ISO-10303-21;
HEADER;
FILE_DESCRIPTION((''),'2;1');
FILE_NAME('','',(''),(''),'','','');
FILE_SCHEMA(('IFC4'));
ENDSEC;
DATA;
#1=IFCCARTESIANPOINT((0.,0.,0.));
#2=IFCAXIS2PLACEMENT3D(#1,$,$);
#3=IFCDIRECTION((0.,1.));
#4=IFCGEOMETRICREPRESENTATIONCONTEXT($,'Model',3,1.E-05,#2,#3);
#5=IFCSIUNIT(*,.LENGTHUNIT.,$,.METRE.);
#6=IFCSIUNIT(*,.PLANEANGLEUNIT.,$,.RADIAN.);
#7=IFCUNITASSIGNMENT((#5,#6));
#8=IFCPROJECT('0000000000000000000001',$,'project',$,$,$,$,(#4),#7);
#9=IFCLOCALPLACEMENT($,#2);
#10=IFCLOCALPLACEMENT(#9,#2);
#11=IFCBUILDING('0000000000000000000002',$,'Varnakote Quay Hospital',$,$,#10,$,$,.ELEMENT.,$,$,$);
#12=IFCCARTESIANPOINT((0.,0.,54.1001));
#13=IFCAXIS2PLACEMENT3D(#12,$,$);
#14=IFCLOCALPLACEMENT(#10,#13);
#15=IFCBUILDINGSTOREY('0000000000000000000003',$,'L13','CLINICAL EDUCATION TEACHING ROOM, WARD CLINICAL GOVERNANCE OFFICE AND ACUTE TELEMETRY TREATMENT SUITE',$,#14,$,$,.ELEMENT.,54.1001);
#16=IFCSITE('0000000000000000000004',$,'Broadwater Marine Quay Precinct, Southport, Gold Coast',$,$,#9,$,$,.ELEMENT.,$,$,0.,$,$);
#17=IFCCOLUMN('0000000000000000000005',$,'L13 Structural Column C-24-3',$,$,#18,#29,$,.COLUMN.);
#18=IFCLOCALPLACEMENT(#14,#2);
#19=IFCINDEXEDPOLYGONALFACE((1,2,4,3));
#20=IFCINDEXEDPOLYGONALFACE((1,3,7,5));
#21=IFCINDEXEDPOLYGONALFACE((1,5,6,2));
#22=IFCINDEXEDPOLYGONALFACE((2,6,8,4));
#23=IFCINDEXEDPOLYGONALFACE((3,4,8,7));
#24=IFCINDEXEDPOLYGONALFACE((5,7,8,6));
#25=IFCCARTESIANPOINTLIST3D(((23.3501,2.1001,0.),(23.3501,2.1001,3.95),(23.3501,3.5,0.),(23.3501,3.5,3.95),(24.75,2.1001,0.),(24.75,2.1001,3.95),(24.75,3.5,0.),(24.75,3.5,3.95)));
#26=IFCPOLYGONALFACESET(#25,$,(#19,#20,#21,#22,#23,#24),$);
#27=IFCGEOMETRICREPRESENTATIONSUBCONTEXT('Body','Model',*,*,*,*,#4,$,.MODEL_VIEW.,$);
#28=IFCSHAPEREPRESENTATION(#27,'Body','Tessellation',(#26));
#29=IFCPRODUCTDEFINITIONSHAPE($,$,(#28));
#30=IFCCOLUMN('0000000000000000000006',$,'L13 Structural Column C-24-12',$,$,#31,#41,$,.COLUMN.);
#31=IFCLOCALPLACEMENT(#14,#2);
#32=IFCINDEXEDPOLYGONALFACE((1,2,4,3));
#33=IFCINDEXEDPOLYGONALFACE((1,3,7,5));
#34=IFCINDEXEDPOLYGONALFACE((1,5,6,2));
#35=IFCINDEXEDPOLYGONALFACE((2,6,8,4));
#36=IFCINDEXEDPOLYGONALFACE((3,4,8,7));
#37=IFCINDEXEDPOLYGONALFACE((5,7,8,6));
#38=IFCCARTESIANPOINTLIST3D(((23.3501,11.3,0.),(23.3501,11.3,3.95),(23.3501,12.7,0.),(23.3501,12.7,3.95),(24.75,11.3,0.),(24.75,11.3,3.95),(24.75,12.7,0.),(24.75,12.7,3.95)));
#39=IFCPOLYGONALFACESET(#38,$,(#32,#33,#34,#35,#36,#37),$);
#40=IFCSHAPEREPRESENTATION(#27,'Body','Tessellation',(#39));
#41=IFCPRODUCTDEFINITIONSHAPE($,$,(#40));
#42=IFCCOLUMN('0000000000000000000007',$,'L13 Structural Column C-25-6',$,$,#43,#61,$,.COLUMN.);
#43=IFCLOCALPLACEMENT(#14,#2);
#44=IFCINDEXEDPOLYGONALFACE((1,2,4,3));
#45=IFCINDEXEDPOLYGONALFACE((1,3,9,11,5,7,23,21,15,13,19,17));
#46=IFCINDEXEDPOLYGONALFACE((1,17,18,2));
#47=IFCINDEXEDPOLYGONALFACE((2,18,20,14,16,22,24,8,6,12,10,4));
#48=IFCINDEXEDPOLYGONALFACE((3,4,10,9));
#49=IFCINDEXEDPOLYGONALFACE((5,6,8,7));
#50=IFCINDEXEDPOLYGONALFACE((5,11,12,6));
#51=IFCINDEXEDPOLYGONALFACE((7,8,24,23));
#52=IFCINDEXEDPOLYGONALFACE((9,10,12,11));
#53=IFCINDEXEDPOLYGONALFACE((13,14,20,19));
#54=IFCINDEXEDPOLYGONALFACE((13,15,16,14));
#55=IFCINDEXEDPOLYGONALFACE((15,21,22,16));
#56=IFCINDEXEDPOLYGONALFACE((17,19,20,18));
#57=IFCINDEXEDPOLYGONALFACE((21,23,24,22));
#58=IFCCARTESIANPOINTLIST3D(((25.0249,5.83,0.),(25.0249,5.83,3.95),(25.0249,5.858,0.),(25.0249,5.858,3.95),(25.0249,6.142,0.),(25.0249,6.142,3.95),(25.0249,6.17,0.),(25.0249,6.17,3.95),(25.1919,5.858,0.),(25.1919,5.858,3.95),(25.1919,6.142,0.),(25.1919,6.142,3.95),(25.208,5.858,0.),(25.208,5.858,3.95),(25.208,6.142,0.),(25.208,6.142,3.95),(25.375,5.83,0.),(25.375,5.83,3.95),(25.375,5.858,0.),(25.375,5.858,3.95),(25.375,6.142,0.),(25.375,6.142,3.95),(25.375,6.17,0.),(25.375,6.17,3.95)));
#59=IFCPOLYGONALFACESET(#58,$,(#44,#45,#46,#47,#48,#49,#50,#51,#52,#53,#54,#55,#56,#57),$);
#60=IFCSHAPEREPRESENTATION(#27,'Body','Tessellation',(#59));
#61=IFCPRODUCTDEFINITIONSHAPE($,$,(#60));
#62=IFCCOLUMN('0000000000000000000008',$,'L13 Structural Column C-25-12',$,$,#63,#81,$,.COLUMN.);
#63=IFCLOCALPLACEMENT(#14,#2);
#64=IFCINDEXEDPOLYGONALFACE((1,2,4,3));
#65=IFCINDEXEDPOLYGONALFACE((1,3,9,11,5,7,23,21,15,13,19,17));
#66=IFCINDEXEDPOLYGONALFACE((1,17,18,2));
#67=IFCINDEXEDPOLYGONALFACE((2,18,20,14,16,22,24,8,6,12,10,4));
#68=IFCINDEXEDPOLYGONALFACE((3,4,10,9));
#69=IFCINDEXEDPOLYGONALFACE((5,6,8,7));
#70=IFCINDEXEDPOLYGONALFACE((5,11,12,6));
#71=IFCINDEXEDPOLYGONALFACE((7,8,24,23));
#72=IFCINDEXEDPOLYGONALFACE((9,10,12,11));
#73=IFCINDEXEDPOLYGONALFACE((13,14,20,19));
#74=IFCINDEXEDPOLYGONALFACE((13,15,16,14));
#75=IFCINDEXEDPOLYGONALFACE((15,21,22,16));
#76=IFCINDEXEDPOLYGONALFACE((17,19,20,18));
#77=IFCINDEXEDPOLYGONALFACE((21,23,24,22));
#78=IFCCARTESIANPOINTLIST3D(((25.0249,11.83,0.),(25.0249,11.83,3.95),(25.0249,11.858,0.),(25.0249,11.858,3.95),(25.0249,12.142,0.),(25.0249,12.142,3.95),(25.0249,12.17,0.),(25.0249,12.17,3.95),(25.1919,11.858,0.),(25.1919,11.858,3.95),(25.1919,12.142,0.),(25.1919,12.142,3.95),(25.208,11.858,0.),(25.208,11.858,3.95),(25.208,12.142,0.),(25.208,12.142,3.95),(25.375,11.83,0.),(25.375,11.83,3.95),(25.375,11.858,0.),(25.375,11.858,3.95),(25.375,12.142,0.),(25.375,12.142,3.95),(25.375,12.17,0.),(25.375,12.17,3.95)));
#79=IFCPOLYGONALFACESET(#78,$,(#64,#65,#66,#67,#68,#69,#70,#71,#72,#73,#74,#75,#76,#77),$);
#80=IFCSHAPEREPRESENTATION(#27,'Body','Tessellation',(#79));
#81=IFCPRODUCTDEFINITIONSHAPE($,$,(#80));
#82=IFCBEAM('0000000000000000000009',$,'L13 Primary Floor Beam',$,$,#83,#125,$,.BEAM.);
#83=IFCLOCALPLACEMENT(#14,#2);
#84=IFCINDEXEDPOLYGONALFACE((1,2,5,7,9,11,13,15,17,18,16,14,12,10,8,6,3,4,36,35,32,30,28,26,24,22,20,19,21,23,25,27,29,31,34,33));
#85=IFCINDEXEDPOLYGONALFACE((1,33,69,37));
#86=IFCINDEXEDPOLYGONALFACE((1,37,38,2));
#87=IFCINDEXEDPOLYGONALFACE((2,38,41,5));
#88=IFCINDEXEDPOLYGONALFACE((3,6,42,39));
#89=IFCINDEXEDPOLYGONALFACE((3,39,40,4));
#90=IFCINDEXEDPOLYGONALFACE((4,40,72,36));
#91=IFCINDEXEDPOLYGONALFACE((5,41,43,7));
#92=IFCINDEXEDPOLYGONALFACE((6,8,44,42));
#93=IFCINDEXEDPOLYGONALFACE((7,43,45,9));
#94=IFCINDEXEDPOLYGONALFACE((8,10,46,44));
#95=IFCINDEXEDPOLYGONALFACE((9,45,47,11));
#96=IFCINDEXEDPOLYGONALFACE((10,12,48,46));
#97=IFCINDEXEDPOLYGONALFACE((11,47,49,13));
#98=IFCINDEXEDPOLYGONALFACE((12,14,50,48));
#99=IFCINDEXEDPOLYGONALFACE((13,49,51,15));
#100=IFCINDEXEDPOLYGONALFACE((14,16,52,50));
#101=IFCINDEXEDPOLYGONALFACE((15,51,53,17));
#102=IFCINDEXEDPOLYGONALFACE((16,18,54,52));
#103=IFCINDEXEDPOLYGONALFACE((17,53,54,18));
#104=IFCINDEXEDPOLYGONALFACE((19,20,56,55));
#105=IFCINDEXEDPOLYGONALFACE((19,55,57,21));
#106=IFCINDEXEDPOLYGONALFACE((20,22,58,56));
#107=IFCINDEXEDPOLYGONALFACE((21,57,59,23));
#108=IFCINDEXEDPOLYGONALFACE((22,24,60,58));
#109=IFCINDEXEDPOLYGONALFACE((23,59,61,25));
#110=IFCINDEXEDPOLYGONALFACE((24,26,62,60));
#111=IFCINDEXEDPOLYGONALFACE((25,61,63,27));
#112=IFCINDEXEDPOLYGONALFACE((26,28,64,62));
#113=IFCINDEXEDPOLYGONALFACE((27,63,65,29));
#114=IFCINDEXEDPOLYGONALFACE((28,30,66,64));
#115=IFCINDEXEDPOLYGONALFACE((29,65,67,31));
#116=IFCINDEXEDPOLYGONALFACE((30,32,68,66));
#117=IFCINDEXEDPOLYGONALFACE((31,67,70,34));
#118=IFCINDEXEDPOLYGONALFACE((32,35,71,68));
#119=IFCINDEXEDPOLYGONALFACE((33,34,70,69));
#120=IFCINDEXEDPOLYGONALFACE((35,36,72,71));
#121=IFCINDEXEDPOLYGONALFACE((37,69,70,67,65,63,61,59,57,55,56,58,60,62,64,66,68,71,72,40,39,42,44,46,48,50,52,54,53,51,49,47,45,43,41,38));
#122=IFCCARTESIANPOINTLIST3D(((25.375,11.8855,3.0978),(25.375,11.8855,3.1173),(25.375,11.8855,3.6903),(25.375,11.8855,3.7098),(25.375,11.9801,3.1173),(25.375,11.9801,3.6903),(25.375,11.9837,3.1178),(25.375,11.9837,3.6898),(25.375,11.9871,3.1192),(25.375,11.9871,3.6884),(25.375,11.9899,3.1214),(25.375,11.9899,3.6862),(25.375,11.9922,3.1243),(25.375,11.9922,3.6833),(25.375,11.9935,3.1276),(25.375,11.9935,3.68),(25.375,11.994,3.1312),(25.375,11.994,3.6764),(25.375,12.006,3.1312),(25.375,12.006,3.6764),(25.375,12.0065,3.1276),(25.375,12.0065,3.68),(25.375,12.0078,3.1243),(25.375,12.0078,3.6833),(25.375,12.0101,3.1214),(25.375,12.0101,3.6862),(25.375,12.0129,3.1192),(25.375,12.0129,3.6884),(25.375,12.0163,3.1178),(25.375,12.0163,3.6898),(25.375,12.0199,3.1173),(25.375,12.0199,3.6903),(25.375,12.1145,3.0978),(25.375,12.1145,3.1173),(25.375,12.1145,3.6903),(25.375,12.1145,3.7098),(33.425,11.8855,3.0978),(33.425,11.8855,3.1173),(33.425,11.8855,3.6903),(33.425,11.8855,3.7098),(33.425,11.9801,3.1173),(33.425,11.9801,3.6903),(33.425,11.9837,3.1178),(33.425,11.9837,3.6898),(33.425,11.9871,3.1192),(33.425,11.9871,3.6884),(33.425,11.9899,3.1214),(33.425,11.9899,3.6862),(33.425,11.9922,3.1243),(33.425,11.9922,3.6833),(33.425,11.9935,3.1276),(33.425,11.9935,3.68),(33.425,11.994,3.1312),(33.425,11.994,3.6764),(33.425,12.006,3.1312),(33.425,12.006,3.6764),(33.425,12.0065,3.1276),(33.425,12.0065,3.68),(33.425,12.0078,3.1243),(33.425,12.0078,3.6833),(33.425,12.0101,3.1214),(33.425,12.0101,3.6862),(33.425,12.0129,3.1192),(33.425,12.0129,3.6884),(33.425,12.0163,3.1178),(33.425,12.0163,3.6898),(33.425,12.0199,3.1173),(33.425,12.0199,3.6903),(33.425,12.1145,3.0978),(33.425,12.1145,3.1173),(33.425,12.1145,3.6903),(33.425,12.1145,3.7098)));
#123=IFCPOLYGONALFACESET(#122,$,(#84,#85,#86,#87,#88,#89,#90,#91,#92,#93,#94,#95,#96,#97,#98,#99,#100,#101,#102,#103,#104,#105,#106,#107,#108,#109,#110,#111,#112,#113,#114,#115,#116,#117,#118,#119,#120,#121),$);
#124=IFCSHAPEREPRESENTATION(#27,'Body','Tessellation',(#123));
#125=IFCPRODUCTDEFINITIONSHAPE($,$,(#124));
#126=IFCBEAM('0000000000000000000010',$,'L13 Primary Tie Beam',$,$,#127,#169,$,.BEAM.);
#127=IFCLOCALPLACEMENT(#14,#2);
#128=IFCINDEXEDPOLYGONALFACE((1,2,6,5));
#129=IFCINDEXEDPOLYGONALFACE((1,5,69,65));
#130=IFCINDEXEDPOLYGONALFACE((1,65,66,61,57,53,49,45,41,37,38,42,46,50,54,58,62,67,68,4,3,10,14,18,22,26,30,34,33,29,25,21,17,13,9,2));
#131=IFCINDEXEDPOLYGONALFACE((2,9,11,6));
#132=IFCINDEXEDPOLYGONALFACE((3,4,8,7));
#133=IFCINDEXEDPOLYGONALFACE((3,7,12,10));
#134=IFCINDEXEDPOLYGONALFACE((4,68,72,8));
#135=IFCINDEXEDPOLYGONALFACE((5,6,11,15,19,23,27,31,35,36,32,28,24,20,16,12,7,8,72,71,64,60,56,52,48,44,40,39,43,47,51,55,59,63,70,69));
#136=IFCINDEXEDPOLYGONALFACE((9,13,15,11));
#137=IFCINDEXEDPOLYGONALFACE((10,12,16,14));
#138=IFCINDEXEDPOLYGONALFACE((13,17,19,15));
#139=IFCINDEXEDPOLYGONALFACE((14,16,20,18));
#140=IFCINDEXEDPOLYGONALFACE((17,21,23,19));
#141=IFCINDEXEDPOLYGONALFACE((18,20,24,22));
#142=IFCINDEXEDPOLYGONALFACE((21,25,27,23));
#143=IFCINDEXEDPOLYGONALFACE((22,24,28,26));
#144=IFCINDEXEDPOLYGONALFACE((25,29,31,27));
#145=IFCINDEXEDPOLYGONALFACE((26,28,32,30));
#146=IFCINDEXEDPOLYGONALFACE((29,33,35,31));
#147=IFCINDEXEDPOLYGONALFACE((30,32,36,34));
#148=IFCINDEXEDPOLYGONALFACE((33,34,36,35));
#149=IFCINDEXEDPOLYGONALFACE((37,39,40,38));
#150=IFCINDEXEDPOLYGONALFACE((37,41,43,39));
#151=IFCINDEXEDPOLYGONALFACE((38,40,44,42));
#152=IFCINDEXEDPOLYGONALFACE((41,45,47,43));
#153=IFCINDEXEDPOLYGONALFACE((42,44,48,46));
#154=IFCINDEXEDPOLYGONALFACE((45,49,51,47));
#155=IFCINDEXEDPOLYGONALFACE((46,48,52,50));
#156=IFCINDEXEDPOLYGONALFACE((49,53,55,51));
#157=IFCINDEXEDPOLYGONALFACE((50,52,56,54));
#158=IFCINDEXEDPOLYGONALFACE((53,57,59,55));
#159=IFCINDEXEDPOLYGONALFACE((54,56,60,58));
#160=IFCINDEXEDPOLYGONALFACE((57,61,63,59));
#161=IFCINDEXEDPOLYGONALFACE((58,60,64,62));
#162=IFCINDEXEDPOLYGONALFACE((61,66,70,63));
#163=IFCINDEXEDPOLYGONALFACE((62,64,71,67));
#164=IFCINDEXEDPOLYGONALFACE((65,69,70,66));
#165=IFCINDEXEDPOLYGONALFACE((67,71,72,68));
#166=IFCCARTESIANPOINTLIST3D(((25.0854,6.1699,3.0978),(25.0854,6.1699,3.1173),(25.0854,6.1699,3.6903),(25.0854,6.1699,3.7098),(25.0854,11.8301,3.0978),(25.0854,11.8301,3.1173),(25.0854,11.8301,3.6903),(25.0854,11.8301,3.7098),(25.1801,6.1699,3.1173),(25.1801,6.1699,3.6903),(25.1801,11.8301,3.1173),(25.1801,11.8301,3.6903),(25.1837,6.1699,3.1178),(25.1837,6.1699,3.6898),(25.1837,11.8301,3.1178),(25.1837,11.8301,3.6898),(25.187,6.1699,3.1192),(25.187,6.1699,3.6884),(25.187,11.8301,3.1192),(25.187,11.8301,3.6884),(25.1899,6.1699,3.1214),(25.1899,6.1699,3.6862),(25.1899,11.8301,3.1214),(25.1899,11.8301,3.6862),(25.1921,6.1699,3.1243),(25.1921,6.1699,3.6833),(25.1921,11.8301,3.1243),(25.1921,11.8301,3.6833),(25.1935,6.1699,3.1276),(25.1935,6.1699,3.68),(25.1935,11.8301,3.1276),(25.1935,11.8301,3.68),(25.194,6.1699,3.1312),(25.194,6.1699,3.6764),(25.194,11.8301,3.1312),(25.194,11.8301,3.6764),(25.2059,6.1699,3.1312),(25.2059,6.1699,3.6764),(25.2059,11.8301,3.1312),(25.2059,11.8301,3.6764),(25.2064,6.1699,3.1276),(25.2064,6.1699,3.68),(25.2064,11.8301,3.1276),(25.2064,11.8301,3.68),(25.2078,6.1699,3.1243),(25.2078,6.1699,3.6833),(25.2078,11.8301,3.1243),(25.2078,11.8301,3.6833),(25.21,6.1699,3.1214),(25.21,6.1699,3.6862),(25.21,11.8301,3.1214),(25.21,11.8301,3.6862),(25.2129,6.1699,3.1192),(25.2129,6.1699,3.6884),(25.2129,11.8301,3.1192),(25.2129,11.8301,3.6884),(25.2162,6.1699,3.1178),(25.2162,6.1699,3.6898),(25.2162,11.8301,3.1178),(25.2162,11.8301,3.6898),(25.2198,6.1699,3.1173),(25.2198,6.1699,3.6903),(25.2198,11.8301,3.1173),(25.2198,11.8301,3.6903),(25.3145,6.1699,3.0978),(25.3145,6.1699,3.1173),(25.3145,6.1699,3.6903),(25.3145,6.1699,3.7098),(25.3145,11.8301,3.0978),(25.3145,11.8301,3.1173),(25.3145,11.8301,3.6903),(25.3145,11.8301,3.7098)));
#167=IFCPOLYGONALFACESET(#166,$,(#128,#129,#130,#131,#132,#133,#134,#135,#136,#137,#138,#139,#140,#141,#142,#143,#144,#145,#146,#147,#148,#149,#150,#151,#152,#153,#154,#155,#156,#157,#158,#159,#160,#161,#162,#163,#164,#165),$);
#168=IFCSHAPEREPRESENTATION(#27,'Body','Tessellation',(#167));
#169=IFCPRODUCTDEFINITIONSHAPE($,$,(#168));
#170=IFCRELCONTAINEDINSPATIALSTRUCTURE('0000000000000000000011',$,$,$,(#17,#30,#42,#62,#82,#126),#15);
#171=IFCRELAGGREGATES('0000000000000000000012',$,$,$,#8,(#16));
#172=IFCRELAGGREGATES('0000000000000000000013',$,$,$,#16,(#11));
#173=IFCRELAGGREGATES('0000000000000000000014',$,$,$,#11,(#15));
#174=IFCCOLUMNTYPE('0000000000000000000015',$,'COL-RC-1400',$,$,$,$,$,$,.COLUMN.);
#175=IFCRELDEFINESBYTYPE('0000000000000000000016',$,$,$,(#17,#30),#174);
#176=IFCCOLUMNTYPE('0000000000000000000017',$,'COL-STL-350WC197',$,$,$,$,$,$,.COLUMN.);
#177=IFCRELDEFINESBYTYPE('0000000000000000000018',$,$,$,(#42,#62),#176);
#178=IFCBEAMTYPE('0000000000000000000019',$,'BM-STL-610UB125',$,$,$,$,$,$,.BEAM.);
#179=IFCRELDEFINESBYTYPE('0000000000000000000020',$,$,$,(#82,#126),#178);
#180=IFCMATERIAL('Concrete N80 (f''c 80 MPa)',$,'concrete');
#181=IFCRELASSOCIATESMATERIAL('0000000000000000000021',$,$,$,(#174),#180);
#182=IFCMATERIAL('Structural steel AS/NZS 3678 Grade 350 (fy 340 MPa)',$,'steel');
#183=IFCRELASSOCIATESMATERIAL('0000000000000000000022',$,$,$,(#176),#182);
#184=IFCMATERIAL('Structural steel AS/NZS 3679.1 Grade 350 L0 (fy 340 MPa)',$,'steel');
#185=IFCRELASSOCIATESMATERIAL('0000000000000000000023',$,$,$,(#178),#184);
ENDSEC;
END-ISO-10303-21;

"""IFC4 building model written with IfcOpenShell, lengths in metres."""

from ifc_helpers import new_model, si_unit, direction, frame, origin, origin_2d, place, context, subcontext, project, spatial, rectangle, i_section, extrude, material, material_profile, profile_set, type_object, element, save


model = new_model("IFC4")

# Units and contexts
model_context = context("Model", 3, precision=1e-05, world=origin(), true_north=direction((0.0, 1.0)))
body_context = subcontext(model_context, "Body", "Model", "MODEL_VIEW")
ifc_project = project(units=[si_unit("LENGTHUNIT", "METRE"), si_unit("PLANEANGLEUNIT", "RADIAN")], contexts=[model_context])

# Site, building, storey
site_placement = place(None, origin())
site = spatial("IfcSite", under=ifc_project, at=site_placement, Name="Broadwater Marine Quay Precinct, Southport, Gold Coast", CompositionType="ELEMENT", RefElevation=0.0)
building_placement = place(site_placement, origin())
building = spatial("IfcBuilding", under=site, at=building_placement, Name="Varnakote Quay Hospital", CompositionType="ELEMENT")
storey_placement = place(building_placement, frame((0.0, 0.0, 54.1001)))
storey = spatial("IfcBuildingStorey", under=building, at=storey_placement, Name="L13", Description="CLINICAL EDUCATION TEACHING ROOM, WARD CLINICAL GOVERNANCE OFFICE AND ACUTE TELEMETRY TREATMENT SUITE", CompositionType="ELEMENT", Elevation=54.1001)

# Columns
ifc_material_1 = material(Name="Concrete N80 (f'c 80 MPa)", Category="concrete")
ifc_material_profile_1 = material_profile(ifc_material_1, rectangle(XDim=1.3999, YDim=1.3999, at=origin_2d()), Name="RC-COL-1400x1400")
ifc_profile_set_1 = profile_set([ifc_material_profile_1], Name="Concrete N80 (f'c 80 MPa)")
column_type_1 = type_object("IfcColumnType", Name="COL-RC-1400", PredefinedType="COLUMN", material=ifc_profile_set_1)
for number, where, z_axis, x_axis, name in (
    (1, (24.05, 2.8, 0.0), (0.0, 0.0, 1.0), (1.0, 0.0, 0.0), "L13 Structural Column C-24-3"),
    (2, (24.05, 12.0, 0.0), (0.0, 0.0, 1.0), (1.0, 0.0, 0.0), "L13 Structural Column C-24-12"),
):
    element("IfcColumn", number, at=place(storey_placement, frame(where, z_axis=z_axis, x_axis=x_axis)), inside=storey, type_object=column_type_1, Name=name, PredefinedType="COLUMN", context=body_context, shape_type="SweptSolid", body=[
        extrude(rectangle(XDim=1.3999, YDim=1.3999, at=origin_2d()), origin(), (0.0, 0.0, 1.0), 3.95),
    ])
ifc_material_2 = material(Name="Structural steel AS/NZS 3678 Grade 350 (fy 340 MPa)", Category="steel")
ifc_material_profile_2 = material_profile(ifc_material_2, i_section(OverallWidth=0.3501, OverallDepth=0.3401, WebThickness=0.0161, FlangeThickness=0.0281, at=origin_2d()), Name="350WC197")
ifc_profile_set_2 = profile_set([ifc_material_profile_2], Name="Structural steel AS/NZS 3678 Grade 350 (fy 340 MPa)")
column_type_2 = type_object("IfcColumnType", Name="COL-STL-350WC197", PredefinedType="COLUMN", material=ifc_profile_set_2)
for number, where, z_axis, x_axis, name in (
    (3, (25.2, 6.0, 0.0), (0.0, 0.0, 1.0), (1.0, 0.0, 0.0), "L13 Structural Column C-25-6"),
    (4, (25.2, 12.0, 0.0), (0.0, 0.0, 1.0), (1.0, 0.0, 0.0), "L13 Structural Column C-25-12"),
):
    element("IfcColumn", number, at=place(storey_placement, frame(where, z_axis=z_axis, x_axis=x_axis)), inside=storey, type_object=column_type_2, Name=name, PredefinedType="COLUMN", context=body_context, shape_type="SweptSolid", body=[
        extrude(i_section(OverallWidth=0.3501, OverallDepth=0.3401, WebThickness=0.0161, FlangeThickness=0.0281, at=origin_2d()), origin(), (0.0, 0.0, 1.0), 3.95),
    ])

# Beams
ifc_material_3 = material(Name="Structural steel AS/NZS 3679.1 Grade 350 L0 (fy 340 MPa)", Category="steel")
ifc_material_profile_3 = material_profile(ifc_material_3, i_section(OverallWidth=0.229, OverallDepth=0.6121, WebThickness=0.012, FlangeThickness=0.0195, FilletRadius=0.0139, at=origin_2d()), Name="610UB125")
ifc_profile_set_3 = profile_set([ifc_material_profile_3], Name="Structural steel AS/NZS 3679.1 Grade 350 L0 (fy 340 MPa)")
beam_type_1 = type_object("IfcBeamType", Name="BM-STL-610UB125", PredefinedType="BEAM", material=ifc_profile_set_3)
beam_1_placement = place(storey_placement, frame((25.375, 12.0, 3.4038), z_axis=(1.0, 0.0, 0.0), x_axis=(0.0, 1.0, 0.0)))
element("IfcBeam", 5, at=beam_1_placement, inside=storey, type_object=beam_type_1, Name="L13 Primary Floor Beam", PredefinedType="BEAM", context=body_context, shape_type="SweptSolid", body=[
    extrude(i_section(OverallWidth=0.229, OverallDepth=0.6121, WebThickness=0.012, FlangeThickness=0.0195, FilletRadius=0.0139, at=origin_2d()), origin(), (0.0, 0.0, 1.0), 8.05),
])
beam_2_placement = place(storey_placement, frame((25.2, 6.1699, 3.4038), z_axis=(0.0, 1.0, 0.0), x_axis=(-1.0, 0.0, 0.0)))
element("IfcBeam", 6, at=beam_2_placement, inside=storey, type_object=beam_type_1, Name="L13 Primary Tie Beam", PredefinedType="BEAM", context=body_context, shape_type="SweptSolid", body=[
    extrude(i_section(OverallWidth=0.229, OverallDepth=0.6121, WebThickness=0.012, FlangeThickness=0.0195, FilletRadius=0.0139, at=origin_2d()), origin(), (0.0, 0.0, 1.0), 5.6602),
])

save(model, "model.ifc")
